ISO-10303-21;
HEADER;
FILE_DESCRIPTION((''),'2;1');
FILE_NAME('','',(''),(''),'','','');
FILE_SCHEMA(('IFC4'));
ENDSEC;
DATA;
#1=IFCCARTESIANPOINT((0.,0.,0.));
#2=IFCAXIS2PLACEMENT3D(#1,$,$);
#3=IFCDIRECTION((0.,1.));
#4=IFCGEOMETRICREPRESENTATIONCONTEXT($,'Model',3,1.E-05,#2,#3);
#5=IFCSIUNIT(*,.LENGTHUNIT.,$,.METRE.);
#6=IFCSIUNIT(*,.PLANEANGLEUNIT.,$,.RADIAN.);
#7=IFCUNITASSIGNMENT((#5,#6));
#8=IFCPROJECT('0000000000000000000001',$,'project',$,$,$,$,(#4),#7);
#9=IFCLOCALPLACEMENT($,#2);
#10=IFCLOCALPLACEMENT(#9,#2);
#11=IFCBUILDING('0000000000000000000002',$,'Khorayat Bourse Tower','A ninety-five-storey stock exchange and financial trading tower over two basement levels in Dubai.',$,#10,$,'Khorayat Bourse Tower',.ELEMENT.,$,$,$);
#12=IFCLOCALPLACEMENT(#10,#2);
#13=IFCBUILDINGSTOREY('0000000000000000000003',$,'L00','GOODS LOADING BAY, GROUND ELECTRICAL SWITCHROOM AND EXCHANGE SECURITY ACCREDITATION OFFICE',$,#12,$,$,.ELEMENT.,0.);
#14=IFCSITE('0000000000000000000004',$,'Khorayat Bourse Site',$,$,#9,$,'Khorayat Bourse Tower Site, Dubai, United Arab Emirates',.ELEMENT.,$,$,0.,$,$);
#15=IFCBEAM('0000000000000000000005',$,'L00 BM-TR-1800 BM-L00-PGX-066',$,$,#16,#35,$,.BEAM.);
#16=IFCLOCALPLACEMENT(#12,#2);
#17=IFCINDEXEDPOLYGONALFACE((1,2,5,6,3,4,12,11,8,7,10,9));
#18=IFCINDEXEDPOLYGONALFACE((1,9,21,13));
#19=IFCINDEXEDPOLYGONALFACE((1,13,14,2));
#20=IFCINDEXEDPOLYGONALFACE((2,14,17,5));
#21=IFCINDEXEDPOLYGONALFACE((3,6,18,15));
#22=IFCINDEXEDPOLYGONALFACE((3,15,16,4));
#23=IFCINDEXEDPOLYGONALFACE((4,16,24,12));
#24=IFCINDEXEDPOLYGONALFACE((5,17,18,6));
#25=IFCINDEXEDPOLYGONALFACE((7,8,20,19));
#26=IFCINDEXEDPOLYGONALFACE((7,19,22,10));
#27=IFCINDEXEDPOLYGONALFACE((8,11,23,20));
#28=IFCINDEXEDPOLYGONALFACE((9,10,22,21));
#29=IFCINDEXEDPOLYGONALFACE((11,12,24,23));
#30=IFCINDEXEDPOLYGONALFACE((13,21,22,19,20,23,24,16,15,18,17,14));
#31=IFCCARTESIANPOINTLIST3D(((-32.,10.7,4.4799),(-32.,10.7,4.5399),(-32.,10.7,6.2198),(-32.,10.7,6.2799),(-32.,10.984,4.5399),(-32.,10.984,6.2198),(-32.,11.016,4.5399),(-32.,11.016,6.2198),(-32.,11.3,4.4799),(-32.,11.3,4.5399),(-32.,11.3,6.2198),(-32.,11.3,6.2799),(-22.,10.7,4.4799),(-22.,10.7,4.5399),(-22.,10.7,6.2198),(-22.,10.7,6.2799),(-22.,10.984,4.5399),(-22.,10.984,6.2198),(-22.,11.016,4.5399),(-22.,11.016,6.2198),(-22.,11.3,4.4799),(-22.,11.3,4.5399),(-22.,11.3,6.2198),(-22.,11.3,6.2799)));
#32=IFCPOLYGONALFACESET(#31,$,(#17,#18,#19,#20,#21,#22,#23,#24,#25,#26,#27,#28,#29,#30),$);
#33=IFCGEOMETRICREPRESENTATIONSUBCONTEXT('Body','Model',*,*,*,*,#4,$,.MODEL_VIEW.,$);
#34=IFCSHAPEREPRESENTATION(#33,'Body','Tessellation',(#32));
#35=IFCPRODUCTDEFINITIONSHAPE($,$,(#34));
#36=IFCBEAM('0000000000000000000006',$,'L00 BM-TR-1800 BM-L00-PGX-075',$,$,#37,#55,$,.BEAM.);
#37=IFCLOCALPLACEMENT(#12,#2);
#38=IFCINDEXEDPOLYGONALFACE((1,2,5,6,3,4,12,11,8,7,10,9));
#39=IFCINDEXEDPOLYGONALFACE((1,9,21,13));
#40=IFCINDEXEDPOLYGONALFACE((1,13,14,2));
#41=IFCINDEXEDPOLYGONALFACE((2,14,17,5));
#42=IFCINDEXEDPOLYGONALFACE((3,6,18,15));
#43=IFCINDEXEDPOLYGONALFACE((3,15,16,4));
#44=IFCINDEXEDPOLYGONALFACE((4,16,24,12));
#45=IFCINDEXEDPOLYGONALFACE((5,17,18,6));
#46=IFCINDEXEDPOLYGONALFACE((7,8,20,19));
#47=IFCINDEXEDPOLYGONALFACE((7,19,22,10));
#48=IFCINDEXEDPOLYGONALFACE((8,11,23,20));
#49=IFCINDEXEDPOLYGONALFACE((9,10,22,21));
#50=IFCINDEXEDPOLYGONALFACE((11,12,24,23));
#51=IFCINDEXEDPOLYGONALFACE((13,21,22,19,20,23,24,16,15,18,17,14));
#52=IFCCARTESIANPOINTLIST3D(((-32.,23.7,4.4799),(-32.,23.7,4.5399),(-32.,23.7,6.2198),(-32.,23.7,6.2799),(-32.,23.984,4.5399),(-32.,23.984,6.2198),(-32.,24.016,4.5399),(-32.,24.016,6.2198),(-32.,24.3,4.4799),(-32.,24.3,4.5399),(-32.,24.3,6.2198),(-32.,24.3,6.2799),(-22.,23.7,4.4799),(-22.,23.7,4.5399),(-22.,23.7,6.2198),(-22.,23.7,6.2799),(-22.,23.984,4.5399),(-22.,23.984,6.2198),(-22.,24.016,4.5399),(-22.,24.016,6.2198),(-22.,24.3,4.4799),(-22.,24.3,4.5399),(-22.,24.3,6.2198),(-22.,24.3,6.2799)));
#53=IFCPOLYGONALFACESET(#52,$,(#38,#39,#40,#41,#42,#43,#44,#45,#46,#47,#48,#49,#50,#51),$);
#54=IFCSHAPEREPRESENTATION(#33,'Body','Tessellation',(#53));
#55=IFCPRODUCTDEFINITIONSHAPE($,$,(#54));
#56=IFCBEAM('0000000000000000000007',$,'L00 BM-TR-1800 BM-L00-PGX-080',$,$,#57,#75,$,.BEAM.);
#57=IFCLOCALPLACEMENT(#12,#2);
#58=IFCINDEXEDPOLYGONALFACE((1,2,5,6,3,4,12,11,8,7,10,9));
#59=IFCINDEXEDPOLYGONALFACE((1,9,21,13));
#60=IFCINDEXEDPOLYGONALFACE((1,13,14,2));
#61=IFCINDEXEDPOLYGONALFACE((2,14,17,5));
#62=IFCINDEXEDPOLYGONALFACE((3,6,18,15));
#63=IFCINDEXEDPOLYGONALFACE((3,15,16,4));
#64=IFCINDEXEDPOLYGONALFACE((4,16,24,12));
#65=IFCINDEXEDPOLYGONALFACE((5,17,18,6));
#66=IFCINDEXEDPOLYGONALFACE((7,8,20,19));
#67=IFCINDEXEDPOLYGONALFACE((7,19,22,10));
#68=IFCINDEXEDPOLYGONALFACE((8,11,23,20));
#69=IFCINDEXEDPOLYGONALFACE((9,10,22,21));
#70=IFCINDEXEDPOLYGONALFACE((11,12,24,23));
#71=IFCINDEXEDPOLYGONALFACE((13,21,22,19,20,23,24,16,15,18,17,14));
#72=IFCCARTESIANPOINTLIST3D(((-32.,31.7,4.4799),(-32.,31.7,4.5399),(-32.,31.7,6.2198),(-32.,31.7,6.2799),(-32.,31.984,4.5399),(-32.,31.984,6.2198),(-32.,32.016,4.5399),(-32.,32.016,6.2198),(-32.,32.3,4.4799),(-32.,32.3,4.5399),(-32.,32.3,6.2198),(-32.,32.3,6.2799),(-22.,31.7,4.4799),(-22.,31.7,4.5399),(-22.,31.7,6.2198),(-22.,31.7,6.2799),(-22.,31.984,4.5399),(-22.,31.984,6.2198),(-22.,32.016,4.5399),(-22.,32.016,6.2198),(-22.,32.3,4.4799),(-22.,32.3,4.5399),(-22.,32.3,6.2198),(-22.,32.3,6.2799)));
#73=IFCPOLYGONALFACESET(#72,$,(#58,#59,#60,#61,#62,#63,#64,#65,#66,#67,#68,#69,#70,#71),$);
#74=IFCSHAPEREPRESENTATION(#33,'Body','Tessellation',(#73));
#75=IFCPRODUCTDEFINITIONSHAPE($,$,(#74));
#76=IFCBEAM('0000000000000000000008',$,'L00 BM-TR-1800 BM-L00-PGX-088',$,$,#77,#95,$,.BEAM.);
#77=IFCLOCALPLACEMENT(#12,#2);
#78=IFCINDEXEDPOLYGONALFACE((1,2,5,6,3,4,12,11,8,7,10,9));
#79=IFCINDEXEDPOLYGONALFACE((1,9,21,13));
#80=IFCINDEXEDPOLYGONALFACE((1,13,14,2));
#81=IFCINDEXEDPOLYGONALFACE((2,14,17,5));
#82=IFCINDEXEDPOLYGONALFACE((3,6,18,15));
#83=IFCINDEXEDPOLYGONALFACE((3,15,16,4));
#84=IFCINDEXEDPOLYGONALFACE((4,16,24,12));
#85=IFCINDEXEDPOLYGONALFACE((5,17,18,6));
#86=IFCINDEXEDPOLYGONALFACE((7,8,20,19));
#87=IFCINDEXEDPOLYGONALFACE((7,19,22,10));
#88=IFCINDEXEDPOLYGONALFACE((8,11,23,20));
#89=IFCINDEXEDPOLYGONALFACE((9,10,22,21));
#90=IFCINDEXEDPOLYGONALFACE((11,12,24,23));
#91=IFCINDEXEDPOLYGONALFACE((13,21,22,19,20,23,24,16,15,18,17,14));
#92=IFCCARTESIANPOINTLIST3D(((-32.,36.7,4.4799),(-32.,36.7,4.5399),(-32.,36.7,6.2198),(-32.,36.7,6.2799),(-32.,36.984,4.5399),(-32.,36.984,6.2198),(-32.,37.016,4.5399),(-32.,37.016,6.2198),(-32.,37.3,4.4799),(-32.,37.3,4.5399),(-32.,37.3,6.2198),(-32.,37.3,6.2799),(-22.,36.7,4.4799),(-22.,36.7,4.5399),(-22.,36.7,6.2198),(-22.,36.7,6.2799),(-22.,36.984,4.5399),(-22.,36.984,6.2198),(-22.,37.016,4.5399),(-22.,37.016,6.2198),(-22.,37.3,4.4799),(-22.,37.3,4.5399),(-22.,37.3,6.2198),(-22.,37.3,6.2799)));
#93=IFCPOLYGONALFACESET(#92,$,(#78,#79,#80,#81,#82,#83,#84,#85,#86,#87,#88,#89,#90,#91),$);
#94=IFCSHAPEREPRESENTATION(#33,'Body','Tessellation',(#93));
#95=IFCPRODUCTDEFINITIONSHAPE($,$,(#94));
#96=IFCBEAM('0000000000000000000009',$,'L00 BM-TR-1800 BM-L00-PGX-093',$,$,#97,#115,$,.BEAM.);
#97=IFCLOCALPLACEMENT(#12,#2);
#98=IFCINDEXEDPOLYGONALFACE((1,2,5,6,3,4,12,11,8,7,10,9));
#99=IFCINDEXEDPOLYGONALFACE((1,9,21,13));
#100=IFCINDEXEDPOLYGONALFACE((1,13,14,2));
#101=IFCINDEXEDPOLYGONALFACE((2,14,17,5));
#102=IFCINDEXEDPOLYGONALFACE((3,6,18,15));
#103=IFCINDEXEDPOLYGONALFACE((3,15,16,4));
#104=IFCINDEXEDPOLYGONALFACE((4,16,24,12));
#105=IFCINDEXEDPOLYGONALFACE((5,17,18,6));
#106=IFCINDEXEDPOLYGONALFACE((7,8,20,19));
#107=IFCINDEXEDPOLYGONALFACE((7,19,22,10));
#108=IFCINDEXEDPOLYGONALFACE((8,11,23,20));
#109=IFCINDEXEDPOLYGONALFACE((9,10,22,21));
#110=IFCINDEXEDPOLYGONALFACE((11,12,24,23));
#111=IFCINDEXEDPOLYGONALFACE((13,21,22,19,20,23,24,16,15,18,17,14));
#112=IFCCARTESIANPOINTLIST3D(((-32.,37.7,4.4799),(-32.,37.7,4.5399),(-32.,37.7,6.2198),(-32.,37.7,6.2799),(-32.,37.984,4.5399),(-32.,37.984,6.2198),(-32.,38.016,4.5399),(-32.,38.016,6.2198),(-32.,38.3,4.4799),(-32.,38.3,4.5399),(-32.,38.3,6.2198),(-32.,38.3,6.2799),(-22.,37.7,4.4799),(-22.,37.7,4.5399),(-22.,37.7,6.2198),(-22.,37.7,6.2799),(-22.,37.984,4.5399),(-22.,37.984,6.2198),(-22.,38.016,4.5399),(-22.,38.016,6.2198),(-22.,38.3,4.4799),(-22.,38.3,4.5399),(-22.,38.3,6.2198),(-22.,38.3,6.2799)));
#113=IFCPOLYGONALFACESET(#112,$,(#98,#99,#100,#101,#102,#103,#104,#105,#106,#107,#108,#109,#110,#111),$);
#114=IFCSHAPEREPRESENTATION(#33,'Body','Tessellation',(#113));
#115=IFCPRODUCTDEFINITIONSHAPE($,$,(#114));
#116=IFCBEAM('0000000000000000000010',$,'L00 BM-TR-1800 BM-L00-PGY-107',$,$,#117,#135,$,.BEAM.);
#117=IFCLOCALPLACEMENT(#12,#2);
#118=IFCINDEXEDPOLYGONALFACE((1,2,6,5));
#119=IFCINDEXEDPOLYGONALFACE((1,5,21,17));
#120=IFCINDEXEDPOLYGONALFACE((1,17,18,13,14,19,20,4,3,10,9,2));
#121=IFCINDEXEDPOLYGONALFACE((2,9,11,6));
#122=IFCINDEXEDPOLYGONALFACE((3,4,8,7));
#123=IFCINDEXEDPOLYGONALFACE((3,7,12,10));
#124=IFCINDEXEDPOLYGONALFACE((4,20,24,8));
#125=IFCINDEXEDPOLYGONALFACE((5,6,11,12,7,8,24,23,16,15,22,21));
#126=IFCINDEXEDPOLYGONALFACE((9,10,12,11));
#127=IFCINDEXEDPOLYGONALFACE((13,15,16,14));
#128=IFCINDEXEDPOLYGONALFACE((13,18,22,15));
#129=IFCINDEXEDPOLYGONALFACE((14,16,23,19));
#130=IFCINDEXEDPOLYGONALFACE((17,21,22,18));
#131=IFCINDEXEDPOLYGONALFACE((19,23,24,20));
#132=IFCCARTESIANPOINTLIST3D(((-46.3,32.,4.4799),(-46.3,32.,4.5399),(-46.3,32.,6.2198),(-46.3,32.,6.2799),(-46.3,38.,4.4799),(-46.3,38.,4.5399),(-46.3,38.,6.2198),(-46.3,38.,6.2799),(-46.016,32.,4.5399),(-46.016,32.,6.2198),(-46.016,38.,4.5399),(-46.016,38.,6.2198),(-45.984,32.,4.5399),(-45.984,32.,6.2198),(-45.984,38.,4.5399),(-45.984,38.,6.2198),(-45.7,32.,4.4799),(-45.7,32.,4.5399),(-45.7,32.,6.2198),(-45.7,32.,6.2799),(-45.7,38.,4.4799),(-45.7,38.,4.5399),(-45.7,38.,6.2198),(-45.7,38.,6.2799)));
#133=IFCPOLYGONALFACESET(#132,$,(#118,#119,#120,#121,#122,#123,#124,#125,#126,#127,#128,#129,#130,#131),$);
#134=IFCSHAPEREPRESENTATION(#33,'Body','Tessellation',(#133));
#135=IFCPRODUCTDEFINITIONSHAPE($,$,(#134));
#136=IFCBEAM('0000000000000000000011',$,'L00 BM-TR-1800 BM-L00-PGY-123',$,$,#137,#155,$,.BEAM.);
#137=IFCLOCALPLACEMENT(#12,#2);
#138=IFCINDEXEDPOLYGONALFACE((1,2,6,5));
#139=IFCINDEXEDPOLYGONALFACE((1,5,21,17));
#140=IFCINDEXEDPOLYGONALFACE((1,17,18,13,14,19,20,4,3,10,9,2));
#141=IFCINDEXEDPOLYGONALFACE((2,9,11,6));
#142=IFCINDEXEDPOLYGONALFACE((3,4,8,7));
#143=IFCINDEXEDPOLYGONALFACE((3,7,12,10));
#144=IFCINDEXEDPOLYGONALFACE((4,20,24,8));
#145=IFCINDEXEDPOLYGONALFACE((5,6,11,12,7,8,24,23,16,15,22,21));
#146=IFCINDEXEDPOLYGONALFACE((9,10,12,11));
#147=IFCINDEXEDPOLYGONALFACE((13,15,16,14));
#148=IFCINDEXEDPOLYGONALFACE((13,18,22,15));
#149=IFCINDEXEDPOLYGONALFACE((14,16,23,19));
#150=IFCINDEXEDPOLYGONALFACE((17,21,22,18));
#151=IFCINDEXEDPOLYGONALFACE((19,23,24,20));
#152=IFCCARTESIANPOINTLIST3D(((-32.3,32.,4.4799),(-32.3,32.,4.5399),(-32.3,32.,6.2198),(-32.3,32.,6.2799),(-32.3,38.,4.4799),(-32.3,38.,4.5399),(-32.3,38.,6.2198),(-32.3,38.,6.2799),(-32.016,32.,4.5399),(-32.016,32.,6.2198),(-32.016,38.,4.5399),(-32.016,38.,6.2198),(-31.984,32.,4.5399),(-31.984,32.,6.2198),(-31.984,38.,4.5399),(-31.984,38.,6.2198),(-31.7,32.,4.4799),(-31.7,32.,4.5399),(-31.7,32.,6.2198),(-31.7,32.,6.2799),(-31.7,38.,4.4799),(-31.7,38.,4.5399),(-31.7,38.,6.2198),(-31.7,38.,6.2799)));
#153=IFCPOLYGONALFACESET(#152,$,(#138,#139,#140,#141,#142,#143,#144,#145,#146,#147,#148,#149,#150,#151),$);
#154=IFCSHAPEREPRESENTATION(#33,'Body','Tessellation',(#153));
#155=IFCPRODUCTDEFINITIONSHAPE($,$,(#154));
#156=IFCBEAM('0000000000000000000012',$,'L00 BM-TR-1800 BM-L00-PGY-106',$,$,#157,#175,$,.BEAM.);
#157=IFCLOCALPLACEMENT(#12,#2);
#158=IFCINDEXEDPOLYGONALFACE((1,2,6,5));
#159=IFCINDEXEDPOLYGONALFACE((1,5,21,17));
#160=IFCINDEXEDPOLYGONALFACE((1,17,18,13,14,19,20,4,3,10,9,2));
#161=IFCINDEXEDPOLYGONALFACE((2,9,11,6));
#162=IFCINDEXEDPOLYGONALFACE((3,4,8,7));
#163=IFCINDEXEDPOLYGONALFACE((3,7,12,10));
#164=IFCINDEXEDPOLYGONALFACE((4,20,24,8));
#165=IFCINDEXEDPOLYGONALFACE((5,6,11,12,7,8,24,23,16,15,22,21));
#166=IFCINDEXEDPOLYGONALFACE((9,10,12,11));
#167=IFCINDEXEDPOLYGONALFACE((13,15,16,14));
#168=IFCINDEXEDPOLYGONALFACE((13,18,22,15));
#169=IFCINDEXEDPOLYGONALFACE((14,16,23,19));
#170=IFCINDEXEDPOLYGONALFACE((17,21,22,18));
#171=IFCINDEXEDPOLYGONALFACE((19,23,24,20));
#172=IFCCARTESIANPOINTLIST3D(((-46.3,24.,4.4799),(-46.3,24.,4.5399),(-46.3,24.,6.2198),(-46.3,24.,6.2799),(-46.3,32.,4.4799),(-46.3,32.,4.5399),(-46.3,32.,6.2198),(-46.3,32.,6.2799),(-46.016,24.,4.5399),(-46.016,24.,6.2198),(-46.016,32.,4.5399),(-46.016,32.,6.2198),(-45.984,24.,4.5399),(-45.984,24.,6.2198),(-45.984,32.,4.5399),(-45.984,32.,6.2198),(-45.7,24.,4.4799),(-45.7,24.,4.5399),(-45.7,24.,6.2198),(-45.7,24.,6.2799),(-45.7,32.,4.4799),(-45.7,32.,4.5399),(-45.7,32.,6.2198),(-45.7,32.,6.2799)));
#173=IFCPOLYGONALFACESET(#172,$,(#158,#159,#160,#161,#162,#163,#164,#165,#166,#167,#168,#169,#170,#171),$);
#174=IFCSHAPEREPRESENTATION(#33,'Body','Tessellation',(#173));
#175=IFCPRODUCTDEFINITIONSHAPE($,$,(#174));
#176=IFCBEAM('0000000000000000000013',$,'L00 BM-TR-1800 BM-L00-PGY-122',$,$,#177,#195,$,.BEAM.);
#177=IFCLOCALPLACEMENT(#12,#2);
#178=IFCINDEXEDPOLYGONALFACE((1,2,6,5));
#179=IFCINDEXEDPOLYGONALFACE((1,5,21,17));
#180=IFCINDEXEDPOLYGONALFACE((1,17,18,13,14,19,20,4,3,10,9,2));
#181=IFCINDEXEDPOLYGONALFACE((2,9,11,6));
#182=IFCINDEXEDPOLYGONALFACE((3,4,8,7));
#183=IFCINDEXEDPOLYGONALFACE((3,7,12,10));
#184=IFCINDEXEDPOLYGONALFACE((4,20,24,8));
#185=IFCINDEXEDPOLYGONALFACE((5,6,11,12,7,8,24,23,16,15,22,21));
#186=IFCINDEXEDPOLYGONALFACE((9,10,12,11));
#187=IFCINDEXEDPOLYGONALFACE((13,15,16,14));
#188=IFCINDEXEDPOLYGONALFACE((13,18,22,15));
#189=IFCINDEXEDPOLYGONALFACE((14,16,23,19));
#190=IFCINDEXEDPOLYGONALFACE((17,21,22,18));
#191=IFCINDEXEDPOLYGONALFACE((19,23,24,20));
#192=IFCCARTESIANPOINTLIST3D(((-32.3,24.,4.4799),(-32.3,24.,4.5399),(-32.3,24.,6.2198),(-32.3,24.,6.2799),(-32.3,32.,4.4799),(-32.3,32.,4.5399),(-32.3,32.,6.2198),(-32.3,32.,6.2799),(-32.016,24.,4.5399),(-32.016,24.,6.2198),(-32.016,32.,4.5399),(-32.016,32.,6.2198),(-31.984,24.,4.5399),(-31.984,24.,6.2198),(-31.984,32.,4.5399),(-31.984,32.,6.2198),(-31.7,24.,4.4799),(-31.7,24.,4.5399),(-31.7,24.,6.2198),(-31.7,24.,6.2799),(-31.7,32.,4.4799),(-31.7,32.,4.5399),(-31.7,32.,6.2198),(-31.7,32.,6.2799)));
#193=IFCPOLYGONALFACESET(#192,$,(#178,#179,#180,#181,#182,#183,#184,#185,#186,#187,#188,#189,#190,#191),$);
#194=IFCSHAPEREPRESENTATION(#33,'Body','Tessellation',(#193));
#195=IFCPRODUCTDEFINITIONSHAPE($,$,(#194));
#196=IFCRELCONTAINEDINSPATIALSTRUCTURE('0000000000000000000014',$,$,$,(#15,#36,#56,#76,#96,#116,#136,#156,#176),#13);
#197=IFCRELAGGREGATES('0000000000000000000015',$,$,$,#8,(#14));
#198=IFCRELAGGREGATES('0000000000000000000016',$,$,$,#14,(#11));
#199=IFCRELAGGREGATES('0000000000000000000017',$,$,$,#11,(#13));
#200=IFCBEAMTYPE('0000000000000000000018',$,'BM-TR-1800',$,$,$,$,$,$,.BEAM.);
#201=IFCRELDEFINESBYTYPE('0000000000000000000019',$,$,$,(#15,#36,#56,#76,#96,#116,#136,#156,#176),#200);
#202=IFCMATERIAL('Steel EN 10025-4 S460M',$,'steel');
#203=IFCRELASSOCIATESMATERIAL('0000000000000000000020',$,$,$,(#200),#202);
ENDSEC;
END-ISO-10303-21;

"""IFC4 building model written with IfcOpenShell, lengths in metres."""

from ifc_helpers import new_model, si_unit, direction, frame, origin, origin_2d, place, context, subcontext, project, spatial, i_section, extrude, source, transform, mapped, material, material_profile, profile_set, type_object, element, save


model = new_model("IFC4")

# Units and contexts
model_context = context("Model", 3, precision=1e-05, world=origin(), true_north=direction((0.0, 1.0)))
body_context = subcontext(model_context, "Body", "Model", "MODEL_VIEW")
ifc_project = project(units=[si_unit("LENGTHUNIT", "METRE"), si_unit("PLANEANGLEUNIT", "RADIAN")], contexts=[model_context])

# Site, building, storey
site_placement = place(None, origin())
site = spatial("IfcSite", under=ifc_project, at=site_placement, Name="Khorayat Bourse Site", LongName="Khorayat Bourse Tower Site, Dubai, United Arab Emirates", CompositionType="ELEMENT", RefElevation=0.0)
building_placement = place(site_placement, origin())
building = spatial("IfcBuilding", under=site, at=building_placement, Name="Khorayat Bourse Tower", Description="A ninety-five-storey stock exchange and financial trading tower over two basement levels in Dubai.", LongName="Khorayat Bourse Tower", CompositionType="ELEMENT")
storey_placement = place(building_placement, origin())
storey = spatial("IfcBuildingStorey", under=building, at=storey_placement, Name="L00", Description="GOODS LOADING BAY, GROUND ELECTRICAL SWITCHROOM AND EXCHANGE SECURITY ACCREDITATION OFFICE", CompositionType="ELEMENT", Elevation=0.0)

# Beams
ifc_material_1 = material(Name="Steel EN 10025-4 S460M", Category="steel")
ifc_material_profile_1 = material_profile(ifc_material_1, i_section(OverallWidth=0.6001, OverallDepth=1.8, WebThickness=0.032, FlangeThickness=0.0601, at=origin_2d()), Name="PG 1800x600x32x60")
ifc_profile_set_1 = profile_set([ifc_material_profile_1], Name="Steel EN 10025-4 S460M")
beam_type_1 = type_object("IfcBeamType", Name="BM-TR-1800", PredefinedType="BEAM", material=ifc_profile_set_1)
shared_shape_1 = source(origin(), body_context, "Body", "SweptSolid", [
    extrude(i_section(OverallWidth=0.6001, OverallDepth=1.8, WebThickness=0.032, FlangeThickness=0.0601, at=origin_2d()), origin(), (0.0, 0.0, 1.0), 10.0),
])
for number, where, z_axis, x_axis, name in (
    (1, (-32.0, 11.0, 5.3799), (1.0, 0.0, 0.0), (0.0, 1.0, 0.0), "L00 BM-TR-1800 BM-L00-PGX-066"),
    (2, (-32.0, 24.0, 5.3799), (1.0, 0.0, 0.0), (0.0, 1.0, 0.0), "L00 BM-TR-1800 BM-L00-PGX-075"),
    (3, (-32.0, 32.0, 5.3799), (1.0, 0.0, 0.0), (0.0, 1.0, 0.0), "L00 BM-TR-1800 BM-L00-PGX-080"),
    (4, (-32.0, 37.0, 5.3799), (1.0, 0.0, 0.0), (0.0, 1.0, 0.0), "L00 BM-TR-1800 BM-L00-PGX-088"),
    (5, (-32.0, 38.0, 5.3799), (1.0, 0.0, 0.0), (0.0, 1.0, 0.0), "L00 BM-TR-1800 BM-L00-PGX-093"),
):
    element("IfcBeam", number, at=place(storey_placement, frame(where, z_axis=z_axis, x_axis=x_axis)), inside=storey, type_object=beam_type_1, Name=name, PredefinedType="BEAM", context=body_context, shape_type="MappedRepresentation", body=[
        mapped(shared_shape_1, transform((0.0, 0.0, 0.0), scale=1.0)),
    ])
shared_shape_2 = source(origin(), body_context, "Body", "SweptSolid", [
    extrude(i_section(OverallWidth=0.6001, OverallDepth=1.8, WebThickness=0.032, FlangeThickness=0.0601, at=origin_2d()), origin(), (0.0, 0.0, 1.0), 6.0),
])
for number, where, z_axis, x_axis, name in (
    (6, (-46.0, 32.0, 5.3799), (0.0, 1.0, 0.0), (-1.0, 0.0, 0.0), "L00 BM-TR-1800 BM-L00-PGY-107"),
    (7, (-32.0, 32.0, 5.3799), (0.0, 1.0, 0.0), (-1.0, 0.0, 0.0), "L00 BM-TR-1800 BM-L00-PGY-123"),
):
    element("IfcBeam", number, at=place(storey_placement, frame(where, z_axis=z_axis, x_axis=x_axis)), inside=storey, type_object=beam_type_1, Name=name, PredefinedType="BEAM", context=body_context, shape_type="MappedRepresentation", body=[
        mapped(shared_shape_2, transform((0.0, 0.0, 0.0), scale=1.0)),
    ])
shared_shape_3 = source(origin(), body_context, "Body", "SweptSolid", [
    extrude(i_section(OverallWidth=0.6001, OverallDepth=1.8, WebThickness=0.032, FlangeThickness=0.0601, at=origin_2d()), origin(), (0.0, 0.0, 1.0), 8.0),
])
for number, where, z_axis, x_axis, name in (
    (8, (-46.0, 24.0, 5.3799), (0.0, 1.0, 0.0), (-1.0, 0.0, 0.0), "L00 BM-TR-1800 BM-L00-PGY-106"),
    (9, (-32.0, 24.0, 5.3799), (0.0, 1.0, 0.0), (-1.0, 0.0, 0.0), "L00 BM-TR-1800 BM-L00-PGY-122"),
):
    element("IfcBeam", number, at=place(storey_placement, frame(where, z_axis=z_axis, x_axis=x_axis)), inside=storey, type_object=beam_type_1, Name=name, PredefinedType="BEAM", context=body_context, shape_type="MappedRepresentation", body=[
        mapped(shared_shape_3, transform((0.0, 0.0, 0.0), scale=1.0)),
    ])

save(model, "model.ifc")
